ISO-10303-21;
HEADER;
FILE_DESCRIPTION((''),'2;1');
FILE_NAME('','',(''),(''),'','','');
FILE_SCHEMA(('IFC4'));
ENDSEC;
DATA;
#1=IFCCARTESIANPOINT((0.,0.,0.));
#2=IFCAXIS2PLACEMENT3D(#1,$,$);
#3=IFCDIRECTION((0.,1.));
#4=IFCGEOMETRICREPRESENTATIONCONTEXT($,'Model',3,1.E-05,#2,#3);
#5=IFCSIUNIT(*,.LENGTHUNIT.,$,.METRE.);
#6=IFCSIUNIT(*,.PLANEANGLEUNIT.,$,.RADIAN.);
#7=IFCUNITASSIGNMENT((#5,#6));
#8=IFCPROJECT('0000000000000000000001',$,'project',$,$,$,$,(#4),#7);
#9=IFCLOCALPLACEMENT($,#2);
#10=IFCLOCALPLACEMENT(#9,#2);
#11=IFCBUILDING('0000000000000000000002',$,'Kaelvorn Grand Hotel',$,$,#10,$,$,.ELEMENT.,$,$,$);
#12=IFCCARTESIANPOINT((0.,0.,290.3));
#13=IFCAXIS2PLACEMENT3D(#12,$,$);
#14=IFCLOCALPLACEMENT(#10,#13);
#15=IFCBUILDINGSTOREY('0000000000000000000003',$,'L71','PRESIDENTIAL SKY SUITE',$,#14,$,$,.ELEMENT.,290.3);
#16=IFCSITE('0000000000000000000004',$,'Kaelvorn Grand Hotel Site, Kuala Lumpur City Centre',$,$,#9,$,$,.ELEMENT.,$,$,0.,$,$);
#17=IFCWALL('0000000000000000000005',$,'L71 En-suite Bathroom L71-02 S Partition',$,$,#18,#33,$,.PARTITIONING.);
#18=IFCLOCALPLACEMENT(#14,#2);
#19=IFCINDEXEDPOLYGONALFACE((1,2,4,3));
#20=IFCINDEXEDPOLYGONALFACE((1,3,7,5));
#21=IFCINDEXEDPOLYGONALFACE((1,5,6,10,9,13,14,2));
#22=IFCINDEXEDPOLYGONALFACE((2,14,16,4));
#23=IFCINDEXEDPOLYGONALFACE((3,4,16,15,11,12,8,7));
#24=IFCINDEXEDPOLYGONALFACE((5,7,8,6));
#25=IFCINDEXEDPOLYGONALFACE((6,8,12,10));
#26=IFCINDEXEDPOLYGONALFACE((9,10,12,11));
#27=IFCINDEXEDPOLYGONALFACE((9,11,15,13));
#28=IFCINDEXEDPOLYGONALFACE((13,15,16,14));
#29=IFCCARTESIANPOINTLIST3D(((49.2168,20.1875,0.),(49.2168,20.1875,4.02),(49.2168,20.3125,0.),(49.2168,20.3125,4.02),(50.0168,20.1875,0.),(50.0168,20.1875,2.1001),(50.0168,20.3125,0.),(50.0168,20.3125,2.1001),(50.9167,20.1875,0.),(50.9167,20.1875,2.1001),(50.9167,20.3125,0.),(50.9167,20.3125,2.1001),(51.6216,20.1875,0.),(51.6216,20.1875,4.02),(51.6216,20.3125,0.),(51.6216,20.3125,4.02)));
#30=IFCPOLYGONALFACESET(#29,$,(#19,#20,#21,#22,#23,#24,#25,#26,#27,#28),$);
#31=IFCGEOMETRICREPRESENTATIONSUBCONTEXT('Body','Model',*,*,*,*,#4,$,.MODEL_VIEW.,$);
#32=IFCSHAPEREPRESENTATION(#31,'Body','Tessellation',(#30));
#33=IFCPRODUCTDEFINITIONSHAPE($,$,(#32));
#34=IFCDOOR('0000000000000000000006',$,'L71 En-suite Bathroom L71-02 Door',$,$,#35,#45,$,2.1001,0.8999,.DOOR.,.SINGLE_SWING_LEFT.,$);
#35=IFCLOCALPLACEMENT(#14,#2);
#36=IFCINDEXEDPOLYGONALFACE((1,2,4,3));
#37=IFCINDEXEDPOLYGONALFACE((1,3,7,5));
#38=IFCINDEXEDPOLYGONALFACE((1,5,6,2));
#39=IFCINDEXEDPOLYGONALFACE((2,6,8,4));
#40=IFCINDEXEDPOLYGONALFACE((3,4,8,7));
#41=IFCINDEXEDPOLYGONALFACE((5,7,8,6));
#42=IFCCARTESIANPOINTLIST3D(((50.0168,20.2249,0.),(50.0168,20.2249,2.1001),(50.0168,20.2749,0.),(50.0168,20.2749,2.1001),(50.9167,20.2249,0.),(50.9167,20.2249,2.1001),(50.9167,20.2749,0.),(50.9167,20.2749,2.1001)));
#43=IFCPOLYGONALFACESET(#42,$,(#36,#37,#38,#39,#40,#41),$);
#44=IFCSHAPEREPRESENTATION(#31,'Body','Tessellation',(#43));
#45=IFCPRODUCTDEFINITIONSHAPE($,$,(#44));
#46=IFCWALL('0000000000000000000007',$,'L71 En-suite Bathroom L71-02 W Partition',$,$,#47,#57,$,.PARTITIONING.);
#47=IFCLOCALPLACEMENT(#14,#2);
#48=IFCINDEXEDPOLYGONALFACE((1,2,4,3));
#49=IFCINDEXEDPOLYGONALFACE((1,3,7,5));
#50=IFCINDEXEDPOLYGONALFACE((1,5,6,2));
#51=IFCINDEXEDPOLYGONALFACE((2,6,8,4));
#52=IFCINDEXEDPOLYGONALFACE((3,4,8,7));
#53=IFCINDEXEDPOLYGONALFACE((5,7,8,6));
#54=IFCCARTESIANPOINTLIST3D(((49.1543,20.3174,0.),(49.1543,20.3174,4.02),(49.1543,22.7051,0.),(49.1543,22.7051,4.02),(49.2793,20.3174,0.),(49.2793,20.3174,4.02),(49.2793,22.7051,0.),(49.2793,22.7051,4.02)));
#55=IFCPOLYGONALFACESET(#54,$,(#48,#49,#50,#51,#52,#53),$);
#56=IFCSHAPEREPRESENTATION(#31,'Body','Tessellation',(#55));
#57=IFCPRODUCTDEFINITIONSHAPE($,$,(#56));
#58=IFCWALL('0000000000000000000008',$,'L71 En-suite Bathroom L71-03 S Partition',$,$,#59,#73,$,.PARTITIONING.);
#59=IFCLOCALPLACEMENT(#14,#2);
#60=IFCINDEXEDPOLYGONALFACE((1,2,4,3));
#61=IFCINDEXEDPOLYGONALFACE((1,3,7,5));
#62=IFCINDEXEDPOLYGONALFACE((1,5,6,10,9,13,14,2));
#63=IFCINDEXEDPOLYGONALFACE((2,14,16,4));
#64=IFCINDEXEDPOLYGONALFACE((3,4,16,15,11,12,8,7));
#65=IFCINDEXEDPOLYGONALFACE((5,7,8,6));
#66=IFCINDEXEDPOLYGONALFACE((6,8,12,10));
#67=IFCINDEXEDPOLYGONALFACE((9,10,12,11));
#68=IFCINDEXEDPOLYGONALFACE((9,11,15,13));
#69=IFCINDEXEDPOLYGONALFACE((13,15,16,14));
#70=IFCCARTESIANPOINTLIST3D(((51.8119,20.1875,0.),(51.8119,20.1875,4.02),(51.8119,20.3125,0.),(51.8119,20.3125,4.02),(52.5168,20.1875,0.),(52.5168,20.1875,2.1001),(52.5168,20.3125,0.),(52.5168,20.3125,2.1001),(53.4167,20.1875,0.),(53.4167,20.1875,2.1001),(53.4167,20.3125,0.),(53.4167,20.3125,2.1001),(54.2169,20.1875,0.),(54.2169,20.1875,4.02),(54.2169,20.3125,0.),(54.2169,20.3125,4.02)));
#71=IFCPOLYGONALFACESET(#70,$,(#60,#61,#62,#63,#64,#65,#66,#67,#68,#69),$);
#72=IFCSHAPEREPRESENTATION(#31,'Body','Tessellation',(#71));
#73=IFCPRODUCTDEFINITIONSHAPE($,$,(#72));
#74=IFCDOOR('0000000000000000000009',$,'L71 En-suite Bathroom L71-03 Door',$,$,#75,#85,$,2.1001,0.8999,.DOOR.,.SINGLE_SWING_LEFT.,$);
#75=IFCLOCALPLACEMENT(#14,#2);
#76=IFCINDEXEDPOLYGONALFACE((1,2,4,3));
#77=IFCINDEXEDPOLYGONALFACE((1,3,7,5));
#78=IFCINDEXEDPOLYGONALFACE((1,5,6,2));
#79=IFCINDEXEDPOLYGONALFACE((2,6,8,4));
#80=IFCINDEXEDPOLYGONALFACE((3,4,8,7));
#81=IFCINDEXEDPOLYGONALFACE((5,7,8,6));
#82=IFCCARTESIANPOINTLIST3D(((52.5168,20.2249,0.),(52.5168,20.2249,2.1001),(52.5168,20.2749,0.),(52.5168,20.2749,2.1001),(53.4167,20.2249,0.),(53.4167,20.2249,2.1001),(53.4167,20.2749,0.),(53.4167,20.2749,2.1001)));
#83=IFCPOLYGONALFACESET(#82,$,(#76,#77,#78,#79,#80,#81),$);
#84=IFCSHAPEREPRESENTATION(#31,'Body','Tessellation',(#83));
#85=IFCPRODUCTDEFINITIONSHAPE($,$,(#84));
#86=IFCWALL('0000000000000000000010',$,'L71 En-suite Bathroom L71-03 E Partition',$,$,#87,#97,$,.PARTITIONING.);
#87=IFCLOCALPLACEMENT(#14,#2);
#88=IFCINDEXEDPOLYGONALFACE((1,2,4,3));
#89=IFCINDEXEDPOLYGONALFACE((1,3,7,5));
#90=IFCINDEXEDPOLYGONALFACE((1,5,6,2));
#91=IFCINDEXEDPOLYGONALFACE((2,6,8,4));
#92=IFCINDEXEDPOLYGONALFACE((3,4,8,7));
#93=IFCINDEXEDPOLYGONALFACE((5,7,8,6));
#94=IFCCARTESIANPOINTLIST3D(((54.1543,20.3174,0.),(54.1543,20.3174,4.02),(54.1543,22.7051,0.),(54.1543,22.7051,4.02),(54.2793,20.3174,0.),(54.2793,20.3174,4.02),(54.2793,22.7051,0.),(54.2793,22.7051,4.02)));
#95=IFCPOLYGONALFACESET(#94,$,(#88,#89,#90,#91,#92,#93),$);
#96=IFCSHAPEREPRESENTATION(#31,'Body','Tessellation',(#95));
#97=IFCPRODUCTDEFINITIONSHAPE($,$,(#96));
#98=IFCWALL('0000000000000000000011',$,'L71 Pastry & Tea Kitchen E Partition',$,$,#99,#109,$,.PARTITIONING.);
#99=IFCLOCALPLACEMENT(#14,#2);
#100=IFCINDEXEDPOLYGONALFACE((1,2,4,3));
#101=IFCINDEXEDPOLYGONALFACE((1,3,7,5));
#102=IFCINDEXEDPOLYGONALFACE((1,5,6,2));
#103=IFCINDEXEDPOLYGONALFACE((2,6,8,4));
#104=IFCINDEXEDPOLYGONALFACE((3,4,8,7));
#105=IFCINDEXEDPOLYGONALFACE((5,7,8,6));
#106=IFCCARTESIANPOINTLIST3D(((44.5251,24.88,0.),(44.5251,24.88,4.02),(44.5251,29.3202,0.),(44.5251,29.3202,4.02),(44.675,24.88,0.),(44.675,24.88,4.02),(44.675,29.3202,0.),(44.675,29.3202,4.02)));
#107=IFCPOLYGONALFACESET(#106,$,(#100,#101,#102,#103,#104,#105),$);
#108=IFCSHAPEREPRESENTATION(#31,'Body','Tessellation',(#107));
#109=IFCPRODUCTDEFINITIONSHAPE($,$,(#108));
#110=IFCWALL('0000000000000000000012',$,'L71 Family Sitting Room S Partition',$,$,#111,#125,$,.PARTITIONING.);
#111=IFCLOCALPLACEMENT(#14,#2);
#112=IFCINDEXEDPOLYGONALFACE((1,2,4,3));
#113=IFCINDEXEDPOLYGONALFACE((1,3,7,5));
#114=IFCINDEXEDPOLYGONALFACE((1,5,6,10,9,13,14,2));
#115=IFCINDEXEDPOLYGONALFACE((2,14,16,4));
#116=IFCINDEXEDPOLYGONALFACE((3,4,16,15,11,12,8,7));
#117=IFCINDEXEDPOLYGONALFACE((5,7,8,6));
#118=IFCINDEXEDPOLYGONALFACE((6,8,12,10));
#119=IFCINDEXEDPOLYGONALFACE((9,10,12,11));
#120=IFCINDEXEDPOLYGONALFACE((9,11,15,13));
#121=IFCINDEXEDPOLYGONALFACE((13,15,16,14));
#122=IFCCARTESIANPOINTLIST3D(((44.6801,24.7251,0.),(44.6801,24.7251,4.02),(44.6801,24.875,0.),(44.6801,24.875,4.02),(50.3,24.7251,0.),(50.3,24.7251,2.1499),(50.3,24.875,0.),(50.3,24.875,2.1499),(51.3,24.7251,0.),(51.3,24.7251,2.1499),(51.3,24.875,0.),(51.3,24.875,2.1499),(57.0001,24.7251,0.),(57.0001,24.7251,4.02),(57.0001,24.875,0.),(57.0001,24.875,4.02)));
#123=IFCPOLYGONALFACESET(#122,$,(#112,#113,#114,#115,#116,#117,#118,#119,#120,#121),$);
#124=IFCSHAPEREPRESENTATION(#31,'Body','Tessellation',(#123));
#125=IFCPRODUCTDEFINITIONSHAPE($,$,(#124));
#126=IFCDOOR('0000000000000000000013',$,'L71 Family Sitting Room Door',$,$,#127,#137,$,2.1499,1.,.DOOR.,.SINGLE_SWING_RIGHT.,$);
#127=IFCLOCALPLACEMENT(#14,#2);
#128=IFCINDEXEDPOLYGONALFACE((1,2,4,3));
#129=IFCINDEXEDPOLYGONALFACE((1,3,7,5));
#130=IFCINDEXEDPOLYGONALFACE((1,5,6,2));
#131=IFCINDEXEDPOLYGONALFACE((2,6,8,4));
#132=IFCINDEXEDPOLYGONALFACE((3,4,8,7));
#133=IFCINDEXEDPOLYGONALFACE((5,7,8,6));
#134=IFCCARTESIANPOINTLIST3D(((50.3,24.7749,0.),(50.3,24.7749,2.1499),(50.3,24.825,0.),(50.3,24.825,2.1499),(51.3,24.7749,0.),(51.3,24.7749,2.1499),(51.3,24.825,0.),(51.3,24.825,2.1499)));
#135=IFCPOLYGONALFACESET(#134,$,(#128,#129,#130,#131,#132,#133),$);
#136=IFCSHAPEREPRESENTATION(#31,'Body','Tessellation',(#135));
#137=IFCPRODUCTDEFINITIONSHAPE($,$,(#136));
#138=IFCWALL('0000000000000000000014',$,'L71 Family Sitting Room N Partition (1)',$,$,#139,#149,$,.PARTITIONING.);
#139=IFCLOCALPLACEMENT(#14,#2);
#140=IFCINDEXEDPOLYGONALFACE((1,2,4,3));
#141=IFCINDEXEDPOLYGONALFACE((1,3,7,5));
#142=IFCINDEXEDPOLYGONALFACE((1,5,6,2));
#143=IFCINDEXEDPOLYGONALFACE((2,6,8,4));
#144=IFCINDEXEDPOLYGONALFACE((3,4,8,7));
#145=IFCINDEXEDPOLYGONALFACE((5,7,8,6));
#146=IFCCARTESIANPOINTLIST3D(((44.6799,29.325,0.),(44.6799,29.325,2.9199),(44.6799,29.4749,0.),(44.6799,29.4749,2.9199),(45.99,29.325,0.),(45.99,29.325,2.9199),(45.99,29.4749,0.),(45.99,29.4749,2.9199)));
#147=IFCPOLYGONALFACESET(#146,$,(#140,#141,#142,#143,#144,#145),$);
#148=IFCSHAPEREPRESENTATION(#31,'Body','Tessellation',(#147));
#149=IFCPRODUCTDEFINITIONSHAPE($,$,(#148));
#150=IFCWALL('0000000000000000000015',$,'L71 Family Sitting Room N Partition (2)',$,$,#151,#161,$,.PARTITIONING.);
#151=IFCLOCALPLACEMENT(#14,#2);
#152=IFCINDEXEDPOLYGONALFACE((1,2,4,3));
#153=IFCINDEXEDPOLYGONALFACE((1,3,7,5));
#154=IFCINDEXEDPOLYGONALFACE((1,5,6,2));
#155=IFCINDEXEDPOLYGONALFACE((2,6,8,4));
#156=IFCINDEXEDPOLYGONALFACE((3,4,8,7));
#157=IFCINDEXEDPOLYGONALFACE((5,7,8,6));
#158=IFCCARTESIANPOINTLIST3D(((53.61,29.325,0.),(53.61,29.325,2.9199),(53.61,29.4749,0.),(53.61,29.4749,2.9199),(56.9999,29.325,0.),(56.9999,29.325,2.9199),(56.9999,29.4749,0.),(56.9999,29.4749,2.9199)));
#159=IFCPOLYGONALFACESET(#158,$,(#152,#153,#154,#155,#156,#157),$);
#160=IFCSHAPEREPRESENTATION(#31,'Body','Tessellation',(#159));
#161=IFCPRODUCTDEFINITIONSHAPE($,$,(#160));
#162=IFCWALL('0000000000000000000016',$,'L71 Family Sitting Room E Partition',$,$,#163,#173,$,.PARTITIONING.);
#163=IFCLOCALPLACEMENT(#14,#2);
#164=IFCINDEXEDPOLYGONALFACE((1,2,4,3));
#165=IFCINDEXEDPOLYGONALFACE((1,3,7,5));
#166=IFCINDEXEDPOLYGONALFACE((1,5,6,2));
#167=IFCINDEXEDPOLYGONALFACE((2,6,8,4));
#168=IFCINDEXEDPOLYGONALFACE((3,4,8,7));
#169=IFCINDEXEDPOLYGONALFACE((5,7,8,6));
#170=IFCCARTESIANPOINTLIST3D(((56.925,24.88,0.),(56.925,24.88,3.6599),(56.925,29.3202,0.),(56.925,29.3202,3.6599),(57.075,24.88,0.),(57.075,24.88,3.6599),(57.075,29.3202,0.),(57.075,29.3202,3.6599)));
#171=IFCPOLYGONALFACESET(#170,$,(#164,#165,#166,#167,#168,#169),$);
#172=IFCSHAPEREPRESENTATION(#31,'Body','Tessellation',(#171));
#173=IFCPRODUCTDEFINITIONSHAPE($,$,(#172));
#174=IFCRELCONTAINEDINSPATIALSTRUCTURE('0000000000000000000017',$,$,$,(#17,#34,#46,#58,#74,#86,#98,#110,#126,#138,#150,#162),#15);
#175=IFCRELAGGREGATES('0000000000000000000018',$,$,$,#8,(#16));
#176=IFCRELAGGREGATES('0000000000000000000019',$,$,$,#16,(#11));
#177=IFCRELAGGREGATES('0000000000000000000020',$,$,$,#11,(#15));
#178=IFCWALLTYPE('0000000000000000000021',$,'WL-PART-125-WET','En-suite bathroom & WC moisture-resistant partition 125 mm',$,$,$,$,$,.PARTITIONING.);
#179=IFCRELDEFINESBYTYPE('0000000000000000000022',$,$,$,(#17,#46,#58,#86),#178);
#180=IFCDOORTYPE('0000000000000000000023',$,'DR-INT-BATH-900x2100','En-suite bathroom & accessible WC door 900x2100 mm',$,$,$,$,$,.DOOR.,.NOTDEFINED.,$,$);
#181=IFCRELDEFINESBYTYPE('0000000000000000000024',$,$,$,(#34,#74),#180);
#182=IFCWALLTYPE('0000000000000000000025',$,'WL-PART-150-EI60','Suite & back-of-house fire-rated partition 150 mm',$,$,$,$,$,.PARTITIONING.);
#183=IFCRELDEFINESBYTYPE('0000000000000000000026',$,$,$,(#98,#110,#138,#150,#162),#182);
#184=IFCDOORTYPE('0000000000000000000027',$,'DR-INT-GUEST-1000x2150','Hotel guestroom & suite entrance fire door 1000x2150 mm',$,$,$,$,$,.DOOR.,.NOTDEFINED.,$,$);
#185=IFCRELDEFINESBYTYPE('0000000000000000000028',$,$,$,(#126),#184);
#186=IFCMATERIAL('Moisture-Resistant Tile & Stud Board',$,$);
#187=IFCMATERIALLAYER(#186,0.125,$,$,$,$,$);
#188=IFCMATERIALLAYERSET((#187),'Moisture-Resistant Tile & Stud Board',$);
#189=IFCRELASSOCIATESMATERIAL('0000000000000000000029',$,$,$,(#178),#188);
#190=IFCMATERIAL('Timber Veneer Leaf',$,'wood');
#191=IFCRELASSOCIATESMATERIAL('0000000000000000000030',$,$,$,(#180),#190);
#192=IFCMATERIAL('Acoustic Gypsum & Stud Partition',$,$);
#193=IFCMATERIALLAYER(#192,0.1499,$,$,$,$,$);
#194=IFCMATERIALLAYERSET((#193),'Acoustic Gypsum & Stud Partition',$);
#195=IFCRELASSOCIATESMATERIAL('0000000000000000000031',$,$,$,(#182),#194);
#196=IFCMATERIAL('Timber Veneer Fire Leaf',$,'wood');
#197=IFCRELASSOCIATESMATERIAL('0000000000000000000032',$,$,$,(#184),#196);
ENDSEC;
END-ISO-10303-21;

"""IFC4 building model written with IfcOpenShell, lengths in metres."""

from ifc_helpers import new_model, si_unit, direction, frame, frame_2d, origin, place, context, subcontext, project, spatial, rectangle, extrude, material, layer, layer_set, type_object, element, fill, save


model = new_model("IFC4")

# Units and contexts
model_context = context("Model", 3, precision=1e-05, world=origin(), true_north=direction((0.0, 1.0)))
body_context = subcontext(model_context, "Body", "Model", "MODEL_VIEW")
ifc_project = project(units=[si_unit("LENGTHUNIT", "METRE"), si_unit("PLANEANGLEUNIT", "RADIAN")], contexts=[model_context])

# Site, building, storey
site_placement = place(None, origin())
site = spatial("IfcSite", under=ifc_project, at=site_placement, Name="Kaelvorn Grand Hotel Site, Kuala Lumpur City Centre", CompositionType="ELEMENT", RefElevation=0.0)
building_placement = place(site_placement, origin())
building = spatial("IfcBuilding", under=site, at=building_placement, Name="Kaelvorn Grand Hotel", CompositionType="ELEMENT")
storey_placement = place(building_placement, frame((0.0, 0.0, 290.3)))
storey = spatial("IfcBuildingStorey", under=building, at=storey_placement, Name="L71", Description="PRESIDENTIAL SKY SUITE", CompositionType="ELEMENT", Elevation=290.3)

# Wall, opening, door
ifc_material_1 = material(Name="Moisture-Resistant Tile & Stud Board")
ifc_layer_1 = layer(ifc_material_1, 0.125)
ifc_layer_set_1 = layer_set([ifc_layer_1], Name="Moisture-Resistant Tile & Stud Board")
wall_type_1 = type_object("IfcWallType", Name="WL-PART-125-WET", Description="En-suite bathroom & WC moisture-resistant partition 125 mm", PredefinedType="PARTITIONING", material=ifc_layer_set_1)
wall_1_placement = place(storey_placement, frame((49.2168, 20.25, 0.0), z_axis=(0.0, 0.0, 1.0), x_axis=(1.0, 0.0, 0.0)))
wall_1 = element("IfcWall", 1, at=wall_1_placement, inside=storey, type_object=wall_type_1, Name="L71 En-suite Bathroom L71-02 S Partition", PredefinedType="PARTITIONING", context=body_context, shape_type="SweptSolid", body=[
    extrude(rectangle(XDim=2.4048, YDim=0.125, at=frame_2d((1.2024, 0.0))), origin(), (0.0, 0.0, 1.0), 4.02),
])
opening_1_placement = place(wall_1_placement, frame((0.8, 0.0, 0.0)))
opening_1 = element("IfcOpeningElement", 2, at=opening_1_placement, cuts=wall_1, PredefinedType="OPENING", context=body_context, shape_type="SweptSolid", body=[
    extrude(rectangle(XDim=0.8999, YDim=2.1001, at=frame_2d((0.45, 1.05))), frame((0.0, 0.0725, 0.0), z_axis=(0.0, -1.0, 0.0), x_axis=(1.0, 0.0, 0.0)), (0.0, 0.0, 1.0), 0.145),
])
ifc_material_2 = material(Name="Timber Veneer Leaf", Category="wood")
door_type_1 = type_object("IfcDoorType", Name="DR-INT-BATH-900x2100", Description="En-suite bathroom & accessible WC door 900x2100 mm", OperationType="NOTDEFINED", PredefinedType="DOOR", material=ifc_material_2)
door_1_placement = place(opening_1_placement, origin())
door_1 = element("IfcDoor", 3, at=door_1_placement, inside=storey, type_object=door_type_1, Name="L71 En-suite Bathroom L71-02 Door", OperationType="SINGLE_SWING_LEFT", OverallHeight=2.1001, OverallWidth=0.8999, PredefinedType="DOOR", context=body_context, shape_type="SweptSolid", body=[
    extrude(rectangle(XDim=0.8999, YDim=2.1001, at=frame_2d((0.45, 1.05))), frame((0.0, 0.0249, 0.0), z_axis=(0.0, -1.0, 0.0), x_axis=(1.0, 0.0, 0.0)), (0.0, 0.0, 1.0), 0.05),
])
fill(opening_1, door_1)

# Wall
wall_2_placement = place(storey_placement, frame((49.2168, 20.3174, 0.0), z_axis=(0.0, 0.0, 1.0), x_axis=(0.0, 1.0, 0.0)))
element("IfcWall", 4, at=wall_2_placement, inside=storey, type_object=wall_type_1, Name="L71 En-suite Bathroom L71-02 W Partition", PredefinedType="PARTITIONING", context=body_context, shape_type="SweptSolid", body=[
    extrude(rectangle(XDim=2.3877, YDim=0.125, at=frame_2d((1.1938, 0.0))), origin(), (0.0, 0.0, 1.0), 4.02),
])

# Wall, opening, door
wall_3_placement = place(storey_placement, frame((51.8118, 20.25, 0.0), z_axis=(0.0, 0.0, 1.0), x_axis=(1.0, 0.0, 0.0)))
wall_3 = element("IfcWall", 5, at=wall_3_placement, inside=storey, type_object=wall_type_1, Name="L71 En-suite Bathroom L71-03 S Partition", PredefinedType="PARTITIONING", context=body_context, shape_type="SweptSolid", body=[
    extrude(rectangle(XDim=2.405, YDim=0.125, at=frame_2d((1.2026, 0.0))), origin(), (0.0, 0.0, 1.0), 4.02),
])
opening_2_placement = place(wall_3_placement, frame((0.7051, 0.0, 0.0)))
opening_2 = element("IfcOpeningElement", 6, at=opening_2_placement, cuts=wall_3, PredefinedType="OPENING", context=body_context, shape_type="SweptSolid", body=[
    extrude(rectangle(XDim=0.8999, YDim=2.1001, at=frame_2d((0.45, 1.05))), frame((0.0, 0.0725, 0.0), z_axis=(0.0, -1.0, 0.0), x_axis=(1.0, 0.0, 0.0)), (0.0, 0.0, 1.0), 0.145),
])
door_2_placement = place(opening_2_placement, origin())
door_2 = element("IfcDoor", 7, at=door_2_placement, inside=storey, type_object=door_type_1, Name="L71 En-suite Bathroom L71-03 Door", OperationType="SINGLE_SWING_LEFT", OverallHeight=2.1001, OverallWidth=0.8999, PredefinedType="DOOR", context=body_context, shape_type="SweptSolid", body=[
    extrude(rectangle(XDim=0.8999, YDim=2.1001, at=frame_2d((0.45, 1.05))), frame((0.0, 0.0249, 0.0), z_axis=(0.0, -1.0, 0.0), x_axis=(1.0, 0.0, 0.0)), (0.0, 0.0, 1.0), 0.05),
])
fill(opening_2, door_2)

# Walls
wall_4_placement = place(storey_placement, frame((54.2168, 20.3174, 0.0), z_axis=(0.0, 0.0, 1.0), x_axis=(0.0, 1.0, 0.0)))
element("IfcWall", 8, at=wall_4_placement, inside=storey, type_object=wall_type_1, Name="L71 En-suite Bathroom L71-03 E Partition", PredefinedType="PARTITIONING", context=body_context, shape_type="SweptSolid", body=[
    extrude(rectangle(XDim=2.3877, YDim=0.125, at=frame_2d((1.1938, 0.0))), origin(), (0.0, 0.0, 1.0), 4.02),
])
ifc_material_3 = material(Name="Acoustic Gypsum & Stud Partition")
ifc_layer_2 = layer(ifc_material_3, 0.1499)
ifc_layer_set_2 = layer_set([ifc_layer_2], Name="Acoustic Gypsum & Stud Partition")
wall_type_2 = type_object("IfcWallType", Name="WL-PART-150-EI60", Description="Suite & back-of-house fire-rated partition 150 mm", PredefinedType="PARTITIONING", material=ifc_layer_set_2)
wall_5_placement = place(storey_placement, frame((44.6001, 24.8799, 0.0), z_axis=(0.0, 0.0, 1.0), x_axis=(0.0, 1.0, 0.0)))
element("IfcWall", 9, at=wall_5_placement, inside=storey, type_object=wall_type_2, Name="L71 Pastry & Tea Kitchen E Partition", PredefinedType="PARTITIONING", context=body_context, shape_type="SweptSolid", body=[
    extrude(rectangle(XDim=4.4402, YDim=0.1499, at=frame_2d((2.2202, 0.0))), origin(), (0.0, 0.0, 1.0), 4.02),
])

# Wall, opening, door
wall_6_placement = place(storey_placement, frame((44.6799, 24.8, 0.0), z_axis=(0.0, 0.0, 1.0), x_axis=(1.0, 0.0, 0.0)))
wall_6 = element("IfcWall", 10, at=wall_6_placement, inside=storey, type_object=wall_type_2, Name="L71 Family Sitting Room S Partition", PredefinedType="PARTITIONING", context=body_context, shape_type="SweptSolid", body=[
    extrude(rectangle(XDim=12.3201, YDim=0.1499, at=frame_2d((6.1602, 0.0))), origin(), (0.0, 0.0, 1.0), 4.02),
])
opening_3_placement = place(wall_6_placement, frame((5.6201, 0.0, 0.0)))
opening_3 = element("IfcOpeningElement", 11, at=opening_3_placement, cuts=wall_6, PredefinedType="OPENING", context=body_context, shape_type="SweptSolid", body=[
    extrude(rectangle(XDim=1.0, YDim=2.1499, at=frame_2d((0.5, 1.075))), frame((0.0, 0.085, 0.0), z_axis=(0.0, -1.0, 0.0), x_axis=(1.0, 0.0, 0.0)), (0.0, 0.0, 1.0), 0.1699),
])
ifc_material_4 = material(Name="Timber Veneer Fire Leaf", Category="wood")
door_type_2 = type_object("IfcDoorType", Name="DR-INT-GUEST-1000x2150", Description="Hotel guestroom & suite entrance fire door 1000x2150 mm", OperationType="NOTDEFINED", PredefinedType="DOOR", material=ifc_material_4)
door_3_placement = place(opening_3_placement, origin())
door_3 = element("IfcDoor", 12, at=door_3_placement, inside=storey, type_object=door_type_2, Name="L71 Family Sitting Room Door", OperationType="SINGLE_SWING_RIGHT", OverallHeight=2.1499, OverallWidth=1.0, PredefinedType="DOOR", context=body_context, shape_type="SweptSolid", body=[
    extrude(rectangle(XDim=1.0, YDim=2.1499, at=frame_2d((0.5, 1.075))), frame((0.0, 0.0249, 0.0), z_axis=(0.0, -1.0, 0.0), x_axis=(1.0, 0.0, 0.0)), (0.0, 0.0, 1.0), 0.05),
])
fill(opening_3, door_3)

# Walls
wall_7_placement = place(storey_placement, frame((44.6799, 29.3999, 0.0), z_axis=(0.0, 0.0, 1.0), x_axis=(1.0, 0.0, 0.0)))
element("IfcWall", 13, at=wall_7_placement, inside=storey, type_object=wall_type_2, Name="L71 Family Sitting Room N Partition (1)", PredefinedType="PARTITIONING", context=body_context, shape_type="SweptSolid", body=[
    extrude(rectangle(XDim=1.3101, YDim=0.1499, at=frame_2d((0.655, 0.0))), origin(), (0.0, 0.0, 1.0), 2.9199),
])
wall_8_placement = place(storey_placement, frame((53.6101, 29.3999, 0.0), z_axis=(0.0, 0.0, 1.0), x_axis=(1.0, 0.0, 0.0)))
element("IfcWall", 14, at=wall_8_placement, inside=storey, type_object=wall_type_2, Name="L71 Family Sitting Room N Partition (2)", PredefinedType="PARTITIONING", context=body_context, shape_type="SweptSolid", body=[
    extrude(rectangle(XDim=3.3899, YDim=0.1499, at=frame_2d((1.6948, 0.0))), origin(), (0.0, 0.0, 1.0), 2.9199),
])
wall_9_placement = place(storey_placement, frame((57.0, 24.8799, 0.0), z_axis=(0.0, 0.0, 1.0), x_axis=(0.0, 1.0, 0.0)))
element("IfcWall", 15, at=wall_9_placement, inside=storey, type_object=wall_type_2, Name="L71 Family Sitting Room E Partition", PredefinedType="PARTITIONING", context=body_context, shape_type="SweptSolid", body=[
    extrude(rectangle(XDim=4.4402, YDim=0.1499, at=frame_2d((2.2202, 0.0))), origin(), (0.0, 0.0, 1.0), 3.6599),
])

save(model, "model.ifc")
